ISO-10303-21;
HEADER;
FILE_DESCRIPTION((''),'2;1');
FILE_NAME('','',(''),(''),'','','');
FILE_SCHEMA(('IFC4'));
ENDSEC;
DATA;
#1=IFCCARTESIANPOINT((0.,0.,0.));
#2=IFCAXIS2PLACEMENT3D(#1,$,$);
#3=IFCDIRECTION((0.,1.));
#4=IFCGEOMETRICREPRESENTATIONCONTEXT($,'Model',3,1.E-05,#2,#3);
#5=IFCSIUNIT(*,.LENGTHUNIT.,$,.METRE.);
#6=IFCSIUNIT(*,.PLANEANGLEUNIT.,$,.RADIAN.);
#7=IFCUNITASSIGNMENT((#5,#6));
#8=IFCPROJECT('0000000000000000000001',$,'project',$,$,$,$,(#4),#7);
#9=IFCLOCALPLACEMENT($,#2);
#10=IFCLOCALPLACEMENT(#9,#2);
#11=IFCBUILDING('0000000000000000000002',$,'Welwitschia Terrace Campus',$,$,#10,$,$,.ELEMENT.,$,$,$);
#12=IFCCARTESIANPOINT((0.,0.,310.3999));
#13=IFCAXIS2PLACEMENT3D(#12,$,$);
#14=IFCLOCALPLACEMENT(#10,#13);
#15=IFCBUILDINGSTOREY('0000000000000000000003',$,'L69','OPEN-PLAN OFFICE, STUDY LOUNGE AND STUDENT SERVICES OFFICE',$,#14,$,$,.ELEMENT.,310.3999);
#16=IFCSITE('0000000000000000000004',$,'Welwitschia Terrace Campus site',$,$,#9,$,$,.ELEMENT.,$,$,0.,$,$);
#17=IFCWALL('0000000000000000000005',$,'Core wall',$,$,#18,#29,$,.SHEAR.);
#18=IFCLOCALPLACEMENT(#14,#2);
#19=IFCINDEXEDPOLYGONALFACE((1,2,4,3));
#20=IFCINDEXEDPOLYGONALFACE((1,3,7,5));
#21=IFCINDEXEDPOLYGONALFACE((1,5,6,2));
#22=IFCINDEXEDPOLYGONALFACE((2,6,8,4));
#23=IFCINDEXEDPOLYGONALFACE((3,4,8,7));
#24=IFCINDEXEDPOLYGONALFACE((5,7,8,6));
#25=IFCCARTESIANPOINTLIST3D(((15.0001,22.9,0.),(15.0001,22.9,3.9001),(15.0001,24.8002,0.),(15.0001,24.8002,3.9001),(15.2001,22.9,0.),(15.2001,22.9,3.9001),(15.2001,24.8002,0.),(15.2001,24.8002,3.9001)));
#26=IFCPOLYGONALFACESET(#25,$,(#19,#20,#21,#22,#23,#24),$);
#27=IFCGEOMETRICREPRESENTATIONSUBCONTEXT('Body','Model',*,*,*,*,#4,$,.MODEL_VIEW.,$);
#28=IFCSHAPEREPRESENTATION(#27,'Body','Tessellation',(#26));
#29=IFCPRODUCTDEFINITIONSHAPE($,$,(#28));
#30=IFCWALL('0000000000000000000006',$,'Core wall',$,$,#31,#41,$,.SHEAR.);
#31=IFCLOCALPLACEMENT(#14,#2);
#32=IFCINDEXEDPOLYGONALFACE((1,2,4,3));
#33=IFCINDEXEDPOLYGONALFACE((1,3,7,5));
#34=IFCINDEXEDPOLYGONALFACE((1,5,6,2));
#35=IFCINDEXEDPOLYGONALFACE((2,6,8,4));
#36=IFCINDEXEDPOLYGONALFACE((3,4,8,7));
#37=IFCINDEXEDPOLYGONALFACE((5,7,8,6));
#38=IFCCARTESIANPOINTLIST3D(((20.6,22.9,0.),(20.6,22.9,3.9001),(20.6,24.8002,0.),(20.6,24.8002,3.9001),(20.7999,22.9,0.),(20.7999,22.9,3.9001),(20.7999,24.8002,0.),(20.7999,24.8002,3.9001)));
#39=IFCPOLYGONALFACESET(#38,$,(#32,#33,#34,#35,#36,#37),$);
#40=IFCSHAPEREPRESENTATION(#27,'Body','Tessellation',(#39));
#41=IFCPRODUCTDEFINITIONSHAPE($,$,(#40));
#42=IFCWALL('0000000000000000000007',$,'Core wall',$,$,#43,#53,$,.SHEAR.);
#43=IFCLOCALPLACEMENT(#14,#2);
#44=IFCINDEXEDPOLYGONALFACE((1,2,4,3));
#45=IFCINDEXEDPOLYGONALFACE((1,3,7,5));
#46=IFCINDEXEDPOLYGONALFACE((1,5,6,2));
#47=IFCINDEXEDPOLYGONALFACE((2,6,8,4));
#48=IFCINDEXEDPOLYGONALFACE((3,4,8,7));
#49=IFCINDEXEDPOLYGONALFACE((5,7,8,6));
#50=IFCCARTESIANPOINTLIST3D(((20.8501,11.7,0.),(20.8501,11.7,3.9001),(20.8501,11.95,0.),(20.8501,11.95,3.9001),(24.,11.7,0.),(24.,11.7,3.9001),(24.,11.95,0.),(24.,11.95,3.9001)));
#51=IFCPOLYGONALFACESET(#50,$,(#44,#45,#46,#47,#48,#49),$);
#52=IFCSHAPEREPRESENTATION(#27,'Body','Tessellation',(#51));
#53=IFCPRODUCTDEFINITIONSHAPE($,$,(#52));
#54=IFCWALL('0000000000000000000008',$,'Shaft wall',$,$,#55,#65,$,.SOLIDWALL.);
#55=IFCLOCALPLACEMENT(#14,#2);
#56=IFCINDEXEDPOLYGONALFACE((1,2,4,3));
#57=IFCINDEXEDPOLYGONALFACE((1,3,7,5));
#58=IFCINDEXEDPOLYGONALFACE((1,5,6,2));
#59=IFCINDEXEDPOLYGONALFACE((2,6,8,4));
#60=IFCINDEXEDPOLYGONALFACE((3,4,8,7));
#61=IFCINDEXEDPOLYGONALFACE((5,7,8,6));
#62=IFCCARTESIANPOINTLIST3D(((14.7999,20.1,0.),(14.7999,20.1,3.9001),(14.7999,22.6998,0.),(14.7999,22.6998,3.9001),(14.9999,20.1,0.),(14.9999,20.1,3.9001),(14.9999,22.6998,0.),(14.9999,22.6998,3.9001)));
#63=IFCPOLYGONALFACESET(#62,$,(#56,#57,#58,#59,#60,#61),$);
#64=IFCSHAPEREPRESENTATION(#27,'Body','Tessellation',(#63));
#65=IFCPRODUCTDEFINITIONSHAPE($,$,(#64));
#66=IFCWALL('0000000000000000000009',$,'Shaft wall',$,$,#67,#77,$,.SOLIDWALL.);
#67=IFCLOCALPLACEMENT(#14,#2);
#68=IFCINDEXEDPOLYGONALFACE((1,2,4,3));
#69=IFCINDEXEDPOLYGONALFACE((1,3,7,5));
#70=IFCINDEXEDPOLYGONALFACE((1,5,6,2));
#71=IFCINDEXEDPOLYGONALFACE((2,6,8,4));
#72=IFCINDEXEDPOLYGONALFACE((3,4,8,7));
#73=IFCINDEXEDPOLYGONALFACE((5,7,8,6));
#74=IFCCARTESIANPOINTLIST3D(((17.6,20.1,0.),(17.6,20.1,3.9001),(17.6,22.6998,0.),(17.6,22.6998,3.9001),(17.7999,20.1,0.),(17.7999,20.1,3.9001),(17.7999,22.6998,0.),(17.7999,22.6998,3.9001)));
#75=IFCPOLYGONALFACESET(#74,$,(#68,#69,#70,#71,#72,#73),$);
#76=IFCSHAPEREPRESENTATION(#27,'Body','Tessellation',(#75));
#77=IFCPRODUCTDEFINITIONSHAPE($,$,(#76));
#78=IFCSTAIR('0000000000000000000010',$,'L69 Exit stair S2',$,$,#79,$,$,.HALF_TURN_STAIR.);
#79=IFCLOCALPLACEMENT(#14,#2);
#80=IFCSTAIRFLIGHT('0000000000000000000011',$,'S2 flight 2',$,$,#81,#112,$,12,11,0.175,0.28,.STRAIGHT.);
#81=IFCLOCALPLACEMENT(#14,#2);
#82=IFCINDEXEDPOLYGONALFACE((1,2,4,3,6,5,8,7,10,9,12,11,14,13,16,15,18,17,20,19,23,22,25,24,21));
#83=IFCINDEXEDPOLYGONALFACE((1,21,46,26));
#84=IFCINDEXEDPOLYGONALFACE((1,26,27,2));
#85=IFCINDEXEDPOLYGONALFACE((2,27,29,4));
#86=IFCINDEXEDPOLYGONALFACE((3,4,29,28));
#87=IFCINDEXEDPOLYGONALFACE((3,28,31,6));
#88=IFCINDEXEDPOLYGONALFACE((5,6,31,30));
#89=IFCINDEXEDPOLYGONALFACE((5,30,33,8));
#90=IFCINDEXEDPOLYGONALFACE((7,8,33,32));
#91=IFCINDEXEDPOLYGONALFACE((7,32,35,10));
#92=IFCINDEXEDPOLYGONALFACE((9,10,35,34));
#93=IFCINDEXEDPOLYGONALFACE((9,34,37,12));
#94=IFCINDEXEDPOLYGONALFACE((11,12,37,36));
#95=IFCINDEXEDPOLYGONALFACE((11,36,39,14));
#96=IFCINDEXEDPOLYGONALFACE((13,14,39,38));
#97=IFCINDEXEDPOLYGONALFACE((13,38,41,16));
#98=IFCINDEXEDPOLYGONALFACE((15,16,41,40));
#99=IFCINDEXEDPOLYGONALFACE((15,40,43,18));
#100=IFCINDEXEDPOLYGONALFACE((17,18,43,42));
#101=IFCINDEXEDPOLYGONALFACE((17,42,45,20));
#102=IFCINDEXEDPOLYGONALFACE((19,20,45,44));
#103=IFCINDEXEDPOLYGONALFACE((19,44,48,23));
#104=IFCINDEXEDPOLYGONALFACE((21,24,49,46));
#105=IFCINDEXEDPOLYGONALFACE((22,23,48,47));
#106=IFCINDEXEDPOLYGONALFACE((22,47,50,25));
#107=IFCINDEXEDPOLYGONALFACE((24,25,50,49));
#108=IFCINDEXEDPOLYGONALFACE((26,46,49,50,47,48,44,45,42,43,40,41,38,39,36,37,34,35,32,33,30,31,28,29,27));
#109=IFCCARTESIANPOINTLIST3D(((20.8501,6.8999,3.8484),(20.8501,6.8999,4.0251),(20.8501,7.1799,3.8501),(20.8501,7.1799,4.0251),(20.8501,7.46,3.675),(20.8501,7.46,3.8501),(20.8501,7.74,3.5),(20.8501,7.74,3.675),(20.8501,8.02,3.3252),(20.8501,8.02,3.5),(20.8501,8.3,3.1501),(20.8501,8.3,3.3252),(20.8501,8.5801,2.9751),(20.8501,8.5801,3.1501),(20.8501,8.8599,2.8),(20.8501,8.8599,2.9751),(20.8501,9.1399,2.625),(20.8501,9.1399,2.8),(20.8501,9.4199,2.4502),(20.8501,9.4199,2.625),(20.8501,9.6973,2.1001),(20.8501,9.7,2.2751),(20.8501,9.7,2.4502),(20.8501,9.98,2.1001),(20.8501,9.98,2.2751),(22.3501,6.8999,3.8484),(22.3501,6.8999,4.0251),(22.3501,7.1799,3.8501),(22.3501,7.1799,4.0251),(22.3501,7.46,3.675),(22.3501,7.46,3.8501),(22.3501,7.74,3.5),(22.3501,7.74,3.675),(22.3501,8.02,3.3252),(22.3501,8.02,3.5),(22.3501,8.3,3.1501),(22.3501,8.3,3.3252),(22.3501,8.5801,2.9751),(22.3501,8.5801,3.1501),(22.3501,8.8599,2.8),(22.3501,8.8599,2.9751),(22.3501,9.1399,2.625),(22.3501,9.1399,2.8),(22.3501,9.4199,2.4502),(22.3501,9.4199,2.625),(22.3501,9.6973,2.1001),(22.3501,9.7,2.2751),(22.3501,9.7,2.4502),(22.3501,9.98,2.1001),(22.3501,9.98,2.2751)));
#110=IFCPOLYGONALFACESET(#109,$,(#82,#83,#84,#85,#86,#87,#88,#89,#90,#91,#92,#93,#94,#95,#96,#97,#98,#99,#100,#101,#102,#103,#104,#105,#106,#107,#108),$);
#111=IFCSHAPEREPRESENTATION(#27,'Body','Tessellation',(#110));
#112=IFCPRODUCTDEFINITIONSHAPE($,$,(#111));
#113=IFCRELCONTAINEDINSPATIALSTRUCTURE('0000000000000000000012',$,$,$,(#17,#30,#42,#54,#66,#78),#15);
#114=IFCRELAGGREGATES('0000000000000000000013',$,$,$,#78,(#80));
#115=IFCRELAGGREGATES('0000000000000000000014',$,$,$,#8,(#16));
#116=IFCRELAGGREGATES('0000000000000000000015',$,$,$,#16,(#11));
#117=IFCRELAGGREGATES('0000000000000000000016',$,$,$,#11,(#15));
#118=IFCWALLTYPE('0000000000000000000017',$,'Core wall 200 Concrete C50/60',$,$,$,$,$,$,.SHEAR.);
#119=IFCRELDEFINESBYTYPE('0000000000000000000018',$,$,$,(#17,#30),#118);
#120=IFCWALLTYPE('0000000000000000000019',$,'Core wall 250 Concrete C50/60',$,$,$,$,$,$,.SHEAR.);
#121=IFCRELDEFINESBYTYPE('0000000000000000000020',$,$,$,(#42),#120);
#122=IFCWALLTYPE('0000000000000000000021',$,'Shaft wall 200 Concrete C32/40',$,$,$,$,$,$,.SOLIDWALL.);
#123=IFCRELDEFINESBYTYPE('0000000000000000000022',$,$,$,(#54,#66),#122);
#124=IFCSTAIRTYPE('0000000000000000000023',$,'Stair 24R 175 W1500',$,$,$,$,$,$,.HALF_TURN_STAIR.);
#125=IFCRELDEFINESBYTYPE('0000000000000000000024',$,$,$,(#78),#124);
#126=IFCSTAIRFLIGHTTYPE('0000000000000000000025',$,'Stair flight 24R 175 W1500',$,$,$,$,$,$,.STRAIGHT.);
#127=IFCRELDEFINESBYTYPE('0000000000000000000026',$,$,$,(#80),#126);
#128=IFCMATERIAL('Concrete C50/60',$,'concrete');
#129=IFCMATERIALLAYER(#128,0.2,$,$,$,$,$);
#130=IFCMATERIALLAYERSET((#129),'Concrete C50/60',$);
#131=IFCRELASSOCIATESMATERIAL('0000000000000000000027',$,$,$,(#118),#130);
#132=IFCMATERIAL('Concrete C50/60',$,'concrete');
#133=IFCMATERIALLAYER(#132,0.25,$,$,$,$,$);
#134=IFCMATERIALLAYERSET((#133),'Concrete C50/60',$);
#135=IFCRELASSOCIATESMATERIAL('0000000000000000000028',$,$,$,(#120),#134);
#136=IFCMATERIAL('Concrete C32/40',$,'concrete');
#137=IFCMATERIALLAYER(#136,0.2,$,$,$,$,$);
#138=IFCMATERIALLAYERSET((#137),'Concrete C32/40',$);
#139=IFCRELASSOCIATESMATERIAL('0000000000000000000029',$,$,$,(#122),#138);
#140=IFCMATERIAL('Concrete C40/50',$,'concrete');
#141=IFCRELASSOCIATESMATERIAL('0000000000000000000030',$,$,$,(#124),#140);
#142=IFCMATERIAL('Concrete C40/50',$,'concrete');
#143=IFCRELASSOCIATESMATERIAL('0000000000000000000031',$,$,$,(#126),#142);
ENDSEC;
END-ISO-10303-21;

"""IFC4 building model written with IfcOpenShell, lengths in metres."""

from ifc_helpers import new_model, si_unit, direction, frame, frame_2d, origin, place, context, subcontext, project, spatial, polyline, rectangle, outline, extrude, material, layer, layer_set, type_object, element, aggregate, save


model = new_model("IFC4")

# Units and contexts
model_context = context("Model", 3, precision=1e-05, world=origin(), true_north=direction((0.0, 1.0)))
body_context = subcontext(model_context, "Body", "Model", "MODEL_VIEW")
ifc_project = project(units=[si_unit("LENGTHUNIT", "METRE"), si_unit("PLANEANGLEUNIT", "RADIAN")], contexts=[model_context])

# Site, building, storey
site_placement = place(None, origin())
site = spatial("IfcSite", under=ifc_project, at=site_placement, Name="Welwitschia Terrace Campus site", CompositionType="ELEMENT", RefElevation=0.0)
building_placement = place(site_placement, origin())
building = spatial("IfcBuilding", under=site, at=building_placement, Name="Welwitschia Terrace Campus", CompositionType="ELEMENT")
storey_placement = place(building_placement, frame((0.0, 0.0, 310.3999)))
storey = spatial("IfcBuildingStorey", under=building, at=storey_placement, Name="L69", Description="OPEN-PLAN OFFICE, STUDY LOUNGE AND STUDENT SERVICES OFFICE", CompositionType="ELEMENT", Elevation=310.3999)

# Walls
ifc_material_1 = material(Name="Concrete C50/60", Category="concrete")
ifc_layer_1 = layer(ifc_material_1, 0.2)
ifc_layer_set_1 = layer_set([ifc_layer_1], Name="Concrete C50/60")
wall_type_1 = type_object("IfcWallType", Name="Core wall 200 Concrete C50/60", PredefinedType="SHEAR", material=ifc_layer_set_1)
for number, where, z_axis, x_axis, name in (
    (1, (15.1001, 22.8999, 0.0), (0.0, 0.0, 1.0), (0.0, 1.0, 0.0), "Core wall"),
    (2, (20.7, 22.8999, 0.0), (0.0, 0.0, 1.0), (0.0, 1.0, 0.0), "Core wall"),
):
    element("IfcWall", number, at=place(storey_placement, frame(where, z_axis=z_axis, x_axis=x_axis)), inside=storey, type_object=wall_type_1, Name=name, PredefinedType="SHEAR", context=body_context, shape_type="SweptSolid", body=[
        extrude(rectangle(XDim=1.9001, YDim=0.2, at=frame_2d((0.9502, 0.0))), origin(), (0.0, 0.0, 1.0), 3.9001),
    ])
ifc_material_2 = material(Name="Concrete C50/60", Category="concrete")
ifc_layer_2 = layer(ifc_material_2, 0.25)
ifc_layer_set_2 = layer_set([ifc_layer_2], Name="Concrete C50/60")
wall_type_2 = type_object("IfcWallType", Name="Core wall 250 Concrete C50/60", PredefinedType="SHEAR", material=ifc_layer_set_2)
wall_1_placement = place(storey_placement, frame((20.8501, 11.825, 0.0), z_axis=(0.0, 0.0, 1.0), x_axis=(1.0, 0.0, 0.0)))
element("IfcWall", 3, at=wall_1_placement, inside=storey, type_object=wall_type_2, Name="Core wall", PredefinedType="SHEAR", context=body_context, shape_type="SweptSolid", body=[
    extrude(rectangle(XDim=3.1499, YDim=0.25, at=frame_2d((1.575, 0.0))), origin(), (0.0, 0.0, 1.0), 3.9001),
])
ifc_material_3 = material(Name="Concrete C32/40", Category="concrete")
ifc_layer_3 = layer(ifc_material_3, 0.2)
ifc_layer_set_3 = layer_set([ifc_layer_3], Name="Concrete C32/40")
wall_type_3 = type_object("IfcWallType", Name="Shaft wall 200 Concrete C32/40", PredefinedType="SOLIDWALL", material=ifc_layer_set_3)
for number, where, z_axis, x_axis, name in (
    (4, (14.8999, 20.1001, 0.0), (0.0, 0.0, 1.0), (0.0, 1.0, 0.0), "Shaft wall"),
    (5, (17.7, 20.1001, 0.0), (0.0, 0.0, 1.0), (0.0, 1.0, 0.0), "Shaft wall"),
):
    element("IfcWall", number, at=place(storey_placement, frame(where, z_axis=z_axis, x_axis=x_axis)), inside=storey, type_object=wall_type_3, Name=name, PredefinedType="SOLIDWALL", context=body_context, shape_type="SweptSolid", body=[
        extrude(rectangle(XDim=2.5999, YDim=0.2, at=frame_2d((1.2998, 0.0))), origin(), (0.0, 0.0, 1.0), 3.9001),
    ])

# Stair, stair flight
ifc_material_4 = material(Name="Concrete C40/50", Category="concrete")
stair_type = type_object("IfcStairType", Name="Stair 24R 175 W1500", PredefinedType="HALF_TURN_STAIR", material=ifc_material_4)
stair_placement = place(storey_placement, origin())
stair = element("IfcStair", 6, at=stair_placement, inside=storey, type_object=stair_type, Name="L69 Exit stair S2", PredefinedType="HALF_TURN_STAIR")
ifc_material_5 = material(Name="Concrete C40/50", Category="concrete")
stair_flight_type = type_object("IfcStairFlightType", Name="Stair flight 24R 175 W1500", PredefinedType="STRAIGHT", material=ifc_material_5)
stair_flight_placement = place(storey_placement, frame((21.6001, 9.98, 2.1001), z_axis=(0.0, 0.0, 1.0), x_axis=(0.0, -1.0, 0.0)))
stair_flight = element("IfcStairFlight", 7, at=stair_flight_placement, type_object=stair_flight_type, Name="S2 flight 2", NumberOfRisers=12, NumberOfTreads=11, PredefinedType="STRAIGHT", RiserHeight=0.175, TreadLength=0.28, context=body_context, shape_type="SweptSolid", body=[
    extrude(outline(polyline([(0.0, 0.0), (0.0, 0.175), (0.28, 0.175), (0.28, 0.3501), (0.5601, 0.3501), (0.5601, 0.5249), (0.8401, 0.5249), (0.8401, 0.7), (1.1201, 0.7), (1.1201, 0.875), (1.3999, 0.875), (1.3999, 1.05), (1.6799, 1.05), (1.6799, 1.2251), (1.96, 1.2251), (1.96, 1.3999), (2.24, 1.3999), (2.24, 1.575), (2.52, 1.575), (2.52, 1.75), (2.8, 1.75), (2.8, 1.925), (3.0801, 1.925), (3.0801, 2.1001), (3.0801, 1.7483), (0.2827, 0.0), (0.0, 0.0)])), frame((0.0, 0.75, 0.0), z_axis=(0.0, -1.0, 0.0), x_axis=(1.0, 0.0, 0.0)), (0.0, 0.0, 1.0), 1.5),
])
aggregate(stair, [stair_flight])

save(model, "model.ifc")
